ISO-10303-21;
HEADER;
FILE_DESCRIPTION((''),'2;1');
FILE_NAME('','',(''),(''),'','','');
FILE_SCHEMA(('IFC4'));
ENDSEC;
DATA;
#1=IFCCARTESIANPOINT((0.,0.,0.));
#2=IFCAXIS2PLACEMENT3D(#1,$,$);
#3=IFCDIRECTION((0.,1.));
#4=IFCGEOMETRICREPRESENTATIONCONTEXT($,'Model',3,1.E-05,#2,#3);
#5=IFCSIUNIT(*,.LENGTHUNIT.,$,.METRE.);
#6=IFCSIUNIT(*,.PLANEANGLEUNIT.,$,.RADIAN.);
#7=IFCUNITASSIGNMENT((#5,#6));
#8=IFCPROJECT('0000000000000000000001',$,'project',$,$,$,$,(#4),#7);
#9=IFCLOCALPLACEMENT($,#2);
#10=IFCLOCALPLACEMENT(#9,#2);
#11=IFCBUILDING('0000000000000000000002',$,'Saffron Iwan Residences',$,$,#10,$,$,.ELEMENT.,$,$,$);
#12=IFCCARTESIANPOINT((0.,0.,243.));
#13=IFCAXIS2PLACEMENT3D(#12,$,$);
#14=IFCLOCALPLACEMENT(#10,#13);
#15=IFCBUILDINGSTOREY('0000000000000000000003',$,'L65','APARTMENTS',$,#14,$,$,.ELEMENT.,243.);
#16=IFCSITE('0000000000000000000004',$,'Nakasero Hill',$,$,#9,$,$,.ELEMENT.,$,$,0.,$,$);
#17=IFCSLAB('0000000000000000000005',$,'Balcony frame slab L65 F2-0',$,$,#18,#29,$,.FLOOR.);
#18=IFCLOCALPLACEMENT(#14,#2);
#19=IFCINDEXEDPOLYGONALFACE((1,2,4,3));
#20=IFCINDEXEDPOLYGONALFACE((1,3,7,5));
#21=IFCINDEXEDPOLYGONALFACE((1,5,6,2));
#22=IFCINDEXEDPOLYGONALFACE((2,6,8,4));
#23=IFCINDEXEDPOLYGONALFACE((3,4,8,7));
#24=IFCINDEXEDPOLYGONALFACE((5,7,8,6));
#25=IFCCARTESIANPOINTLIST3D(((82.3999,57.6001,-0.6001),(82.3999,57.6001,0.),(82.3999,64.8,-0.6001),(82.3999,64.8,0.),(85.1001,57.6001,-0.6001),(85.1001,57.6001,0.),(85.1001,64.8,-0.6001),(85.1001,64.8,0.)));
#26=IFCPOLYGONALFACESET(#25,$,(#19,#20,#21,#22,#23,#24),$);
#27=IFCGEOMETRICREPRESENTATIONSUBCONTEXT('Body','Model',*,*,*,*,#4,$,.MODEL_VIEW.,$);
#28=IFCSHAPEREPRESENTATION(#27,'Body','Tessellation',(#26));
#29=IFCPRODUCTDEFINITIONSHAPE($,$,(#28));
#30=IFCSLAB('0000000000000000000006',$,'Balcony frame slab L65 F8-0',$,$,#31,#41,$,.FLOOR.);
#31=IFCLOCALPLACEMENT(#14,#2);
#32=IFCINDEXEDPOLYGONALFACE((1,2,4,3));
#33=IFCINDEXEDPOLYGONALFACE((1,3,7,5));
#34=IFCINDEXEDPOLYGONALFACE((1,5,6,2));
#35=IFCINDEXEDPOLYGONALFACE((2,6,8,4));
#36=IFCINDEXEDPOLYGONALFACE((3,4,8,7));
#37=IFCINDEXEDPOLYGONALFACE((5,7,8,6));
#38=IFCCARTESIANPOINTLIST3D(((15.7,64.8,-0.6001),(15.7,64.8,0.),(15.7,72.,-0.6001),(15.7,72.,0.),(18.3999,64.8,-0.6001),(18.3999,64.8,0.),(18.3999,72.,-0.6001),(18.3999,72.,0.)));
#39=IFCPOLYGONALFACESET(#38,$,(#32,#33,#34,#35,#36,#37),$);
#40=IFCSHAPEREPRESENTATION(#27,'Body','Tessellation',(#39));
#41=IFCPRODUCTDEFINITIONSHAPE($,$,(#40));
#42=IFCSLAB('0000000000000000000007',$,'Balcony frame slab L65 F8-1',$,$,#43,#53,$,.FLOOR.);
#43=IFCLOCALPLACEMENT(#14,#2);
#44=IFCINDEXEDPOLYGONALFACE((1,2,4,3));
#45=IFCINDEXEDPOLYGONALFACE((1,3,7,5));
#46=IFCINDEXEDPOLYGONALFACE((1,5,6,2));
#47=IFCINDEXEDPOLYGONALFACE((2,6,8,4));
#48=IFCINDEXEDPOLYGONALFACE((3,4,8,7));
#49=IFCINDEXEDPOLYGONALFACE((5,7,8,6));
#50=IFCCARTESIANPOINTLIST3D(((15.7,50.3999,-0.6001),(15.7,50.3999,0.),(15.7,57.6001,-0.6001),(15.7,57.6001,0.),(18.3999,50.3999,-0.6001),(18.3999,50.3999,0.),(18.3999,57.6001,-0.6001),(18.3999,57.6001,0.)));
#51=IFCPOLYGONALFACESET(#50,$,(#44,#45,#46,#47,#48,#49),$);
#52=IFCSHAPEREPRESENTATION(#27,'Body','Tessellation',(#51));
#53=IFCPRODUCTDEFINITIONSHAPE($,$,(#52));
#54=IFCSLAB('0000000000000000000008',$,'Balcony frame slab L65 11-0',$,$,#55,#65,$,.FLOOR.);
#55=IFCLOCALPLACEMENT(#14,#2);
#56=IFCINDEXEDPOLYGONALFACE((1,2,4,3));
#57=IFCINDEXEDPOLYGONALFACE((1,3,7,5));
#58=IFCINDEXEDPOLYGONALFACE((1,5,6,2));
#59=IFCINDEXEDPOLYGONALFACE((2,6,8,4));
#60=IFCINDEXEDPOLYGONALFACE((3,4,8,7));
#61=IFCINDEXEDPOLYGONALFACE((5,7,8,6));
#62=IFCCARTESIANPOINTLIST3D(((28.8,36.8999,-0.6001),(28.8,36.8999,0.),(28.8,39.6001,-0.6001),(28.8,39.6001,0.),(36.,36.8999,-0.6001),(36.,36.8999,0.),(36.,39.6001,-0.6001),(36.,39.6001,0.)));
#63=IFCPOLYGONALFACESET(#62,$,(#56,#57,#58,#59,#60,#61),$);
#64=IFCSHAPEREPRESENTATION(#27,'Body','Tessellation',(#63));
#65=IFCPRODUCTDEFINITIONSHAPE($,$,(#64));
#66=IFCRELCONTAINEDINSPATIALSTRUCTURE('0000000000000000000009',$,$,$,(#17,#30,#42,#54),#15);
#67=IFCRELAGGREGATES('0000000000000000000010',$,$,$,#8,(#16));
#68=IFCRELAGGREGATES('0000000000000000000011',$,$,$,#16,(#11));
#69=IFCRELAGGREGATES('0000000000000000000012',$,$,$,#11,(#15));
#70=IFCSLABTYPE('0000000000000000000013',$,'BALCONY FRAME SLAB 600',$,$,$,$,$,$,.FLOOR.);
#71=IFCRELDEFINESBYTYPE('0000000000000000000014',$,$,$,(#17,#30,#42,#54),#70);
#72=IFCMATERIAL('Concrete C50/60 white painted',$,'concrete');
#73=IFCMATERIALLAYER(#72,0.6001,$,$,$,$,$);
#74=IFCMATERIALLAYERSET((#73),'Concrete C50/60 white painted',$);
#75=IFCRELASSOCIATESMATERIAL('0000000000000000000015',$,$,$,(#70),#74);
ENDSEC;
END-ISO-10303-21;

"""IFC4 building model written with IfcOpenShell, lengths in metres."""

from ifc_helpers import new_model, si_unit, direction, frame, origin, place, context, subcontext, project, spatial, polyline, outline, extrude, material, layer, layer_set, type_object, element, save


model = new_model("IFC4")

# Units and contexts
model_context = context("Model", 3, precision=1e-05, world=origin(), true_north=direction((0.0, 1.0)))
body_context = subcontext(model_context, "Body", "Model", "MODEL_VIEW")
ifc_project = project(units=[si_unit("LENGTHUNIT", "METRE"), si_unit("PLANEANGLEUNIT", "RADIAN")], contexts=[model_context])

# Site, building, storey
site_placement = place(None, origin())
site = spatial("IfcSite", under=ifc_project, at=site_placement, Name="Nakasero Hill", CompositionType="ELEMENT", RefElevation=0.0)
building_placement = place(site_placement, origin())
building = spatial("IfcBuilding", under=site, at=building_placement, Name="Saffron Iwan Residences", CompositionType="ELEMENT")
storey_placement = place(building_placement, frame((0.0, 0.0, 243.0)))
storey = spatial("IfcBuildingStorey", under=building, at=storey_placement, Name="L65", Description="APARTMENTS", CompositionType="ELEMENT", Elevation=243.0)

# Slabs
ifc_material_1 = material(Name="Concrete C50/60 white painted", Category="concrete")
ifc_layer_1 = layer(ifc_material_1, 0.6001)
ifc_layer_set_1 = layer_set([ifc_layer_1], Name="Concrete C50/60 white painted")
slab_type_1 = type_object("IfcSlabType", Name="BALCONY FRAME SLAB 600", PredefinedType="FLOOR", material=ifc_layer_set_1)
slab_1_placement = place(storey_placement, frame((0.0, 0.0, -0.6001)))
element("IfcSlab", 1, at=slab_1_placement, inside=storey, type_object=slab_type_1, Name="Balcony frame slab L65 F2-0", PredefinedType="FLOOR", context=body_context, shape_type="SweptSolid", body=[
    extrude(outline(polyline([(85.1001, 57.6001), (85.1001, 64.8), (82.3999, 64.8), (82.3999, 57.6001), (85.1001, 57.6001)])), origin(), (0.0, 0.0, 1.0), 0.6001),
])
slab_2_placement = place(storey_placement, frame((0.0, 0.0, -0.6001)))
element("IfcSlab", 2, at=slab_2_placement, inside=storey, type_object=slab_type_1, Name="Balcony frame slab L65 F8-0", PredefinedType="FLOOR", context=body_context, shape_type="SweptSolid", body=[
    extrude(outline(polyline([(15.7, 72.0), (15.7, 64.8), (18.3999, 64.8), (18.3999, 72.0), (15.7, 72.0)])), origin(), (0.0, 0.0, 1.0), 0.6001),
])
slab_3_placement = place(storey_placement, frame((0.0, 0.0, -0.6001)))
element("IfcSlab", 3, at=slab_3_placement, inside=storey, type_object=slab_type_1, Name="Balcony frame slab L65 F8-1", PredefinedType="FLOOR", context=body_context, shape_type="SweptSolid", body=[
    extrude(outline(polyline([(15.7, 57.6001), (15.7, 50.3999), (18.3999, 50.3999), (18.3999, 57.6001), (15.7, 57.6001)])), origin(), (0.0, 0.0, 1.0), 0.6001),
])
slab_4_placement = place(storey_placement, frame((0.0, 0.0, -0.6001)))
element("IfcSlab", 4, at=slab_4_placement, inside=storey, type_object=slab_type_1, Name="Balcony frame slab L65 11-0", PredefinedType="FLOOR", context=body_context, shape_type="SweptSolid", body=[
    extrude(outline(polyline([(28.8, 36.8999), (36.0, 36.8999), (36.0, 39.6001), (28.8, 39.6001), (28.8, 36.8999)])), origin(), (0.0, 0.0, 1.0), 0.6001),
])

save(model, "model.ifc")
